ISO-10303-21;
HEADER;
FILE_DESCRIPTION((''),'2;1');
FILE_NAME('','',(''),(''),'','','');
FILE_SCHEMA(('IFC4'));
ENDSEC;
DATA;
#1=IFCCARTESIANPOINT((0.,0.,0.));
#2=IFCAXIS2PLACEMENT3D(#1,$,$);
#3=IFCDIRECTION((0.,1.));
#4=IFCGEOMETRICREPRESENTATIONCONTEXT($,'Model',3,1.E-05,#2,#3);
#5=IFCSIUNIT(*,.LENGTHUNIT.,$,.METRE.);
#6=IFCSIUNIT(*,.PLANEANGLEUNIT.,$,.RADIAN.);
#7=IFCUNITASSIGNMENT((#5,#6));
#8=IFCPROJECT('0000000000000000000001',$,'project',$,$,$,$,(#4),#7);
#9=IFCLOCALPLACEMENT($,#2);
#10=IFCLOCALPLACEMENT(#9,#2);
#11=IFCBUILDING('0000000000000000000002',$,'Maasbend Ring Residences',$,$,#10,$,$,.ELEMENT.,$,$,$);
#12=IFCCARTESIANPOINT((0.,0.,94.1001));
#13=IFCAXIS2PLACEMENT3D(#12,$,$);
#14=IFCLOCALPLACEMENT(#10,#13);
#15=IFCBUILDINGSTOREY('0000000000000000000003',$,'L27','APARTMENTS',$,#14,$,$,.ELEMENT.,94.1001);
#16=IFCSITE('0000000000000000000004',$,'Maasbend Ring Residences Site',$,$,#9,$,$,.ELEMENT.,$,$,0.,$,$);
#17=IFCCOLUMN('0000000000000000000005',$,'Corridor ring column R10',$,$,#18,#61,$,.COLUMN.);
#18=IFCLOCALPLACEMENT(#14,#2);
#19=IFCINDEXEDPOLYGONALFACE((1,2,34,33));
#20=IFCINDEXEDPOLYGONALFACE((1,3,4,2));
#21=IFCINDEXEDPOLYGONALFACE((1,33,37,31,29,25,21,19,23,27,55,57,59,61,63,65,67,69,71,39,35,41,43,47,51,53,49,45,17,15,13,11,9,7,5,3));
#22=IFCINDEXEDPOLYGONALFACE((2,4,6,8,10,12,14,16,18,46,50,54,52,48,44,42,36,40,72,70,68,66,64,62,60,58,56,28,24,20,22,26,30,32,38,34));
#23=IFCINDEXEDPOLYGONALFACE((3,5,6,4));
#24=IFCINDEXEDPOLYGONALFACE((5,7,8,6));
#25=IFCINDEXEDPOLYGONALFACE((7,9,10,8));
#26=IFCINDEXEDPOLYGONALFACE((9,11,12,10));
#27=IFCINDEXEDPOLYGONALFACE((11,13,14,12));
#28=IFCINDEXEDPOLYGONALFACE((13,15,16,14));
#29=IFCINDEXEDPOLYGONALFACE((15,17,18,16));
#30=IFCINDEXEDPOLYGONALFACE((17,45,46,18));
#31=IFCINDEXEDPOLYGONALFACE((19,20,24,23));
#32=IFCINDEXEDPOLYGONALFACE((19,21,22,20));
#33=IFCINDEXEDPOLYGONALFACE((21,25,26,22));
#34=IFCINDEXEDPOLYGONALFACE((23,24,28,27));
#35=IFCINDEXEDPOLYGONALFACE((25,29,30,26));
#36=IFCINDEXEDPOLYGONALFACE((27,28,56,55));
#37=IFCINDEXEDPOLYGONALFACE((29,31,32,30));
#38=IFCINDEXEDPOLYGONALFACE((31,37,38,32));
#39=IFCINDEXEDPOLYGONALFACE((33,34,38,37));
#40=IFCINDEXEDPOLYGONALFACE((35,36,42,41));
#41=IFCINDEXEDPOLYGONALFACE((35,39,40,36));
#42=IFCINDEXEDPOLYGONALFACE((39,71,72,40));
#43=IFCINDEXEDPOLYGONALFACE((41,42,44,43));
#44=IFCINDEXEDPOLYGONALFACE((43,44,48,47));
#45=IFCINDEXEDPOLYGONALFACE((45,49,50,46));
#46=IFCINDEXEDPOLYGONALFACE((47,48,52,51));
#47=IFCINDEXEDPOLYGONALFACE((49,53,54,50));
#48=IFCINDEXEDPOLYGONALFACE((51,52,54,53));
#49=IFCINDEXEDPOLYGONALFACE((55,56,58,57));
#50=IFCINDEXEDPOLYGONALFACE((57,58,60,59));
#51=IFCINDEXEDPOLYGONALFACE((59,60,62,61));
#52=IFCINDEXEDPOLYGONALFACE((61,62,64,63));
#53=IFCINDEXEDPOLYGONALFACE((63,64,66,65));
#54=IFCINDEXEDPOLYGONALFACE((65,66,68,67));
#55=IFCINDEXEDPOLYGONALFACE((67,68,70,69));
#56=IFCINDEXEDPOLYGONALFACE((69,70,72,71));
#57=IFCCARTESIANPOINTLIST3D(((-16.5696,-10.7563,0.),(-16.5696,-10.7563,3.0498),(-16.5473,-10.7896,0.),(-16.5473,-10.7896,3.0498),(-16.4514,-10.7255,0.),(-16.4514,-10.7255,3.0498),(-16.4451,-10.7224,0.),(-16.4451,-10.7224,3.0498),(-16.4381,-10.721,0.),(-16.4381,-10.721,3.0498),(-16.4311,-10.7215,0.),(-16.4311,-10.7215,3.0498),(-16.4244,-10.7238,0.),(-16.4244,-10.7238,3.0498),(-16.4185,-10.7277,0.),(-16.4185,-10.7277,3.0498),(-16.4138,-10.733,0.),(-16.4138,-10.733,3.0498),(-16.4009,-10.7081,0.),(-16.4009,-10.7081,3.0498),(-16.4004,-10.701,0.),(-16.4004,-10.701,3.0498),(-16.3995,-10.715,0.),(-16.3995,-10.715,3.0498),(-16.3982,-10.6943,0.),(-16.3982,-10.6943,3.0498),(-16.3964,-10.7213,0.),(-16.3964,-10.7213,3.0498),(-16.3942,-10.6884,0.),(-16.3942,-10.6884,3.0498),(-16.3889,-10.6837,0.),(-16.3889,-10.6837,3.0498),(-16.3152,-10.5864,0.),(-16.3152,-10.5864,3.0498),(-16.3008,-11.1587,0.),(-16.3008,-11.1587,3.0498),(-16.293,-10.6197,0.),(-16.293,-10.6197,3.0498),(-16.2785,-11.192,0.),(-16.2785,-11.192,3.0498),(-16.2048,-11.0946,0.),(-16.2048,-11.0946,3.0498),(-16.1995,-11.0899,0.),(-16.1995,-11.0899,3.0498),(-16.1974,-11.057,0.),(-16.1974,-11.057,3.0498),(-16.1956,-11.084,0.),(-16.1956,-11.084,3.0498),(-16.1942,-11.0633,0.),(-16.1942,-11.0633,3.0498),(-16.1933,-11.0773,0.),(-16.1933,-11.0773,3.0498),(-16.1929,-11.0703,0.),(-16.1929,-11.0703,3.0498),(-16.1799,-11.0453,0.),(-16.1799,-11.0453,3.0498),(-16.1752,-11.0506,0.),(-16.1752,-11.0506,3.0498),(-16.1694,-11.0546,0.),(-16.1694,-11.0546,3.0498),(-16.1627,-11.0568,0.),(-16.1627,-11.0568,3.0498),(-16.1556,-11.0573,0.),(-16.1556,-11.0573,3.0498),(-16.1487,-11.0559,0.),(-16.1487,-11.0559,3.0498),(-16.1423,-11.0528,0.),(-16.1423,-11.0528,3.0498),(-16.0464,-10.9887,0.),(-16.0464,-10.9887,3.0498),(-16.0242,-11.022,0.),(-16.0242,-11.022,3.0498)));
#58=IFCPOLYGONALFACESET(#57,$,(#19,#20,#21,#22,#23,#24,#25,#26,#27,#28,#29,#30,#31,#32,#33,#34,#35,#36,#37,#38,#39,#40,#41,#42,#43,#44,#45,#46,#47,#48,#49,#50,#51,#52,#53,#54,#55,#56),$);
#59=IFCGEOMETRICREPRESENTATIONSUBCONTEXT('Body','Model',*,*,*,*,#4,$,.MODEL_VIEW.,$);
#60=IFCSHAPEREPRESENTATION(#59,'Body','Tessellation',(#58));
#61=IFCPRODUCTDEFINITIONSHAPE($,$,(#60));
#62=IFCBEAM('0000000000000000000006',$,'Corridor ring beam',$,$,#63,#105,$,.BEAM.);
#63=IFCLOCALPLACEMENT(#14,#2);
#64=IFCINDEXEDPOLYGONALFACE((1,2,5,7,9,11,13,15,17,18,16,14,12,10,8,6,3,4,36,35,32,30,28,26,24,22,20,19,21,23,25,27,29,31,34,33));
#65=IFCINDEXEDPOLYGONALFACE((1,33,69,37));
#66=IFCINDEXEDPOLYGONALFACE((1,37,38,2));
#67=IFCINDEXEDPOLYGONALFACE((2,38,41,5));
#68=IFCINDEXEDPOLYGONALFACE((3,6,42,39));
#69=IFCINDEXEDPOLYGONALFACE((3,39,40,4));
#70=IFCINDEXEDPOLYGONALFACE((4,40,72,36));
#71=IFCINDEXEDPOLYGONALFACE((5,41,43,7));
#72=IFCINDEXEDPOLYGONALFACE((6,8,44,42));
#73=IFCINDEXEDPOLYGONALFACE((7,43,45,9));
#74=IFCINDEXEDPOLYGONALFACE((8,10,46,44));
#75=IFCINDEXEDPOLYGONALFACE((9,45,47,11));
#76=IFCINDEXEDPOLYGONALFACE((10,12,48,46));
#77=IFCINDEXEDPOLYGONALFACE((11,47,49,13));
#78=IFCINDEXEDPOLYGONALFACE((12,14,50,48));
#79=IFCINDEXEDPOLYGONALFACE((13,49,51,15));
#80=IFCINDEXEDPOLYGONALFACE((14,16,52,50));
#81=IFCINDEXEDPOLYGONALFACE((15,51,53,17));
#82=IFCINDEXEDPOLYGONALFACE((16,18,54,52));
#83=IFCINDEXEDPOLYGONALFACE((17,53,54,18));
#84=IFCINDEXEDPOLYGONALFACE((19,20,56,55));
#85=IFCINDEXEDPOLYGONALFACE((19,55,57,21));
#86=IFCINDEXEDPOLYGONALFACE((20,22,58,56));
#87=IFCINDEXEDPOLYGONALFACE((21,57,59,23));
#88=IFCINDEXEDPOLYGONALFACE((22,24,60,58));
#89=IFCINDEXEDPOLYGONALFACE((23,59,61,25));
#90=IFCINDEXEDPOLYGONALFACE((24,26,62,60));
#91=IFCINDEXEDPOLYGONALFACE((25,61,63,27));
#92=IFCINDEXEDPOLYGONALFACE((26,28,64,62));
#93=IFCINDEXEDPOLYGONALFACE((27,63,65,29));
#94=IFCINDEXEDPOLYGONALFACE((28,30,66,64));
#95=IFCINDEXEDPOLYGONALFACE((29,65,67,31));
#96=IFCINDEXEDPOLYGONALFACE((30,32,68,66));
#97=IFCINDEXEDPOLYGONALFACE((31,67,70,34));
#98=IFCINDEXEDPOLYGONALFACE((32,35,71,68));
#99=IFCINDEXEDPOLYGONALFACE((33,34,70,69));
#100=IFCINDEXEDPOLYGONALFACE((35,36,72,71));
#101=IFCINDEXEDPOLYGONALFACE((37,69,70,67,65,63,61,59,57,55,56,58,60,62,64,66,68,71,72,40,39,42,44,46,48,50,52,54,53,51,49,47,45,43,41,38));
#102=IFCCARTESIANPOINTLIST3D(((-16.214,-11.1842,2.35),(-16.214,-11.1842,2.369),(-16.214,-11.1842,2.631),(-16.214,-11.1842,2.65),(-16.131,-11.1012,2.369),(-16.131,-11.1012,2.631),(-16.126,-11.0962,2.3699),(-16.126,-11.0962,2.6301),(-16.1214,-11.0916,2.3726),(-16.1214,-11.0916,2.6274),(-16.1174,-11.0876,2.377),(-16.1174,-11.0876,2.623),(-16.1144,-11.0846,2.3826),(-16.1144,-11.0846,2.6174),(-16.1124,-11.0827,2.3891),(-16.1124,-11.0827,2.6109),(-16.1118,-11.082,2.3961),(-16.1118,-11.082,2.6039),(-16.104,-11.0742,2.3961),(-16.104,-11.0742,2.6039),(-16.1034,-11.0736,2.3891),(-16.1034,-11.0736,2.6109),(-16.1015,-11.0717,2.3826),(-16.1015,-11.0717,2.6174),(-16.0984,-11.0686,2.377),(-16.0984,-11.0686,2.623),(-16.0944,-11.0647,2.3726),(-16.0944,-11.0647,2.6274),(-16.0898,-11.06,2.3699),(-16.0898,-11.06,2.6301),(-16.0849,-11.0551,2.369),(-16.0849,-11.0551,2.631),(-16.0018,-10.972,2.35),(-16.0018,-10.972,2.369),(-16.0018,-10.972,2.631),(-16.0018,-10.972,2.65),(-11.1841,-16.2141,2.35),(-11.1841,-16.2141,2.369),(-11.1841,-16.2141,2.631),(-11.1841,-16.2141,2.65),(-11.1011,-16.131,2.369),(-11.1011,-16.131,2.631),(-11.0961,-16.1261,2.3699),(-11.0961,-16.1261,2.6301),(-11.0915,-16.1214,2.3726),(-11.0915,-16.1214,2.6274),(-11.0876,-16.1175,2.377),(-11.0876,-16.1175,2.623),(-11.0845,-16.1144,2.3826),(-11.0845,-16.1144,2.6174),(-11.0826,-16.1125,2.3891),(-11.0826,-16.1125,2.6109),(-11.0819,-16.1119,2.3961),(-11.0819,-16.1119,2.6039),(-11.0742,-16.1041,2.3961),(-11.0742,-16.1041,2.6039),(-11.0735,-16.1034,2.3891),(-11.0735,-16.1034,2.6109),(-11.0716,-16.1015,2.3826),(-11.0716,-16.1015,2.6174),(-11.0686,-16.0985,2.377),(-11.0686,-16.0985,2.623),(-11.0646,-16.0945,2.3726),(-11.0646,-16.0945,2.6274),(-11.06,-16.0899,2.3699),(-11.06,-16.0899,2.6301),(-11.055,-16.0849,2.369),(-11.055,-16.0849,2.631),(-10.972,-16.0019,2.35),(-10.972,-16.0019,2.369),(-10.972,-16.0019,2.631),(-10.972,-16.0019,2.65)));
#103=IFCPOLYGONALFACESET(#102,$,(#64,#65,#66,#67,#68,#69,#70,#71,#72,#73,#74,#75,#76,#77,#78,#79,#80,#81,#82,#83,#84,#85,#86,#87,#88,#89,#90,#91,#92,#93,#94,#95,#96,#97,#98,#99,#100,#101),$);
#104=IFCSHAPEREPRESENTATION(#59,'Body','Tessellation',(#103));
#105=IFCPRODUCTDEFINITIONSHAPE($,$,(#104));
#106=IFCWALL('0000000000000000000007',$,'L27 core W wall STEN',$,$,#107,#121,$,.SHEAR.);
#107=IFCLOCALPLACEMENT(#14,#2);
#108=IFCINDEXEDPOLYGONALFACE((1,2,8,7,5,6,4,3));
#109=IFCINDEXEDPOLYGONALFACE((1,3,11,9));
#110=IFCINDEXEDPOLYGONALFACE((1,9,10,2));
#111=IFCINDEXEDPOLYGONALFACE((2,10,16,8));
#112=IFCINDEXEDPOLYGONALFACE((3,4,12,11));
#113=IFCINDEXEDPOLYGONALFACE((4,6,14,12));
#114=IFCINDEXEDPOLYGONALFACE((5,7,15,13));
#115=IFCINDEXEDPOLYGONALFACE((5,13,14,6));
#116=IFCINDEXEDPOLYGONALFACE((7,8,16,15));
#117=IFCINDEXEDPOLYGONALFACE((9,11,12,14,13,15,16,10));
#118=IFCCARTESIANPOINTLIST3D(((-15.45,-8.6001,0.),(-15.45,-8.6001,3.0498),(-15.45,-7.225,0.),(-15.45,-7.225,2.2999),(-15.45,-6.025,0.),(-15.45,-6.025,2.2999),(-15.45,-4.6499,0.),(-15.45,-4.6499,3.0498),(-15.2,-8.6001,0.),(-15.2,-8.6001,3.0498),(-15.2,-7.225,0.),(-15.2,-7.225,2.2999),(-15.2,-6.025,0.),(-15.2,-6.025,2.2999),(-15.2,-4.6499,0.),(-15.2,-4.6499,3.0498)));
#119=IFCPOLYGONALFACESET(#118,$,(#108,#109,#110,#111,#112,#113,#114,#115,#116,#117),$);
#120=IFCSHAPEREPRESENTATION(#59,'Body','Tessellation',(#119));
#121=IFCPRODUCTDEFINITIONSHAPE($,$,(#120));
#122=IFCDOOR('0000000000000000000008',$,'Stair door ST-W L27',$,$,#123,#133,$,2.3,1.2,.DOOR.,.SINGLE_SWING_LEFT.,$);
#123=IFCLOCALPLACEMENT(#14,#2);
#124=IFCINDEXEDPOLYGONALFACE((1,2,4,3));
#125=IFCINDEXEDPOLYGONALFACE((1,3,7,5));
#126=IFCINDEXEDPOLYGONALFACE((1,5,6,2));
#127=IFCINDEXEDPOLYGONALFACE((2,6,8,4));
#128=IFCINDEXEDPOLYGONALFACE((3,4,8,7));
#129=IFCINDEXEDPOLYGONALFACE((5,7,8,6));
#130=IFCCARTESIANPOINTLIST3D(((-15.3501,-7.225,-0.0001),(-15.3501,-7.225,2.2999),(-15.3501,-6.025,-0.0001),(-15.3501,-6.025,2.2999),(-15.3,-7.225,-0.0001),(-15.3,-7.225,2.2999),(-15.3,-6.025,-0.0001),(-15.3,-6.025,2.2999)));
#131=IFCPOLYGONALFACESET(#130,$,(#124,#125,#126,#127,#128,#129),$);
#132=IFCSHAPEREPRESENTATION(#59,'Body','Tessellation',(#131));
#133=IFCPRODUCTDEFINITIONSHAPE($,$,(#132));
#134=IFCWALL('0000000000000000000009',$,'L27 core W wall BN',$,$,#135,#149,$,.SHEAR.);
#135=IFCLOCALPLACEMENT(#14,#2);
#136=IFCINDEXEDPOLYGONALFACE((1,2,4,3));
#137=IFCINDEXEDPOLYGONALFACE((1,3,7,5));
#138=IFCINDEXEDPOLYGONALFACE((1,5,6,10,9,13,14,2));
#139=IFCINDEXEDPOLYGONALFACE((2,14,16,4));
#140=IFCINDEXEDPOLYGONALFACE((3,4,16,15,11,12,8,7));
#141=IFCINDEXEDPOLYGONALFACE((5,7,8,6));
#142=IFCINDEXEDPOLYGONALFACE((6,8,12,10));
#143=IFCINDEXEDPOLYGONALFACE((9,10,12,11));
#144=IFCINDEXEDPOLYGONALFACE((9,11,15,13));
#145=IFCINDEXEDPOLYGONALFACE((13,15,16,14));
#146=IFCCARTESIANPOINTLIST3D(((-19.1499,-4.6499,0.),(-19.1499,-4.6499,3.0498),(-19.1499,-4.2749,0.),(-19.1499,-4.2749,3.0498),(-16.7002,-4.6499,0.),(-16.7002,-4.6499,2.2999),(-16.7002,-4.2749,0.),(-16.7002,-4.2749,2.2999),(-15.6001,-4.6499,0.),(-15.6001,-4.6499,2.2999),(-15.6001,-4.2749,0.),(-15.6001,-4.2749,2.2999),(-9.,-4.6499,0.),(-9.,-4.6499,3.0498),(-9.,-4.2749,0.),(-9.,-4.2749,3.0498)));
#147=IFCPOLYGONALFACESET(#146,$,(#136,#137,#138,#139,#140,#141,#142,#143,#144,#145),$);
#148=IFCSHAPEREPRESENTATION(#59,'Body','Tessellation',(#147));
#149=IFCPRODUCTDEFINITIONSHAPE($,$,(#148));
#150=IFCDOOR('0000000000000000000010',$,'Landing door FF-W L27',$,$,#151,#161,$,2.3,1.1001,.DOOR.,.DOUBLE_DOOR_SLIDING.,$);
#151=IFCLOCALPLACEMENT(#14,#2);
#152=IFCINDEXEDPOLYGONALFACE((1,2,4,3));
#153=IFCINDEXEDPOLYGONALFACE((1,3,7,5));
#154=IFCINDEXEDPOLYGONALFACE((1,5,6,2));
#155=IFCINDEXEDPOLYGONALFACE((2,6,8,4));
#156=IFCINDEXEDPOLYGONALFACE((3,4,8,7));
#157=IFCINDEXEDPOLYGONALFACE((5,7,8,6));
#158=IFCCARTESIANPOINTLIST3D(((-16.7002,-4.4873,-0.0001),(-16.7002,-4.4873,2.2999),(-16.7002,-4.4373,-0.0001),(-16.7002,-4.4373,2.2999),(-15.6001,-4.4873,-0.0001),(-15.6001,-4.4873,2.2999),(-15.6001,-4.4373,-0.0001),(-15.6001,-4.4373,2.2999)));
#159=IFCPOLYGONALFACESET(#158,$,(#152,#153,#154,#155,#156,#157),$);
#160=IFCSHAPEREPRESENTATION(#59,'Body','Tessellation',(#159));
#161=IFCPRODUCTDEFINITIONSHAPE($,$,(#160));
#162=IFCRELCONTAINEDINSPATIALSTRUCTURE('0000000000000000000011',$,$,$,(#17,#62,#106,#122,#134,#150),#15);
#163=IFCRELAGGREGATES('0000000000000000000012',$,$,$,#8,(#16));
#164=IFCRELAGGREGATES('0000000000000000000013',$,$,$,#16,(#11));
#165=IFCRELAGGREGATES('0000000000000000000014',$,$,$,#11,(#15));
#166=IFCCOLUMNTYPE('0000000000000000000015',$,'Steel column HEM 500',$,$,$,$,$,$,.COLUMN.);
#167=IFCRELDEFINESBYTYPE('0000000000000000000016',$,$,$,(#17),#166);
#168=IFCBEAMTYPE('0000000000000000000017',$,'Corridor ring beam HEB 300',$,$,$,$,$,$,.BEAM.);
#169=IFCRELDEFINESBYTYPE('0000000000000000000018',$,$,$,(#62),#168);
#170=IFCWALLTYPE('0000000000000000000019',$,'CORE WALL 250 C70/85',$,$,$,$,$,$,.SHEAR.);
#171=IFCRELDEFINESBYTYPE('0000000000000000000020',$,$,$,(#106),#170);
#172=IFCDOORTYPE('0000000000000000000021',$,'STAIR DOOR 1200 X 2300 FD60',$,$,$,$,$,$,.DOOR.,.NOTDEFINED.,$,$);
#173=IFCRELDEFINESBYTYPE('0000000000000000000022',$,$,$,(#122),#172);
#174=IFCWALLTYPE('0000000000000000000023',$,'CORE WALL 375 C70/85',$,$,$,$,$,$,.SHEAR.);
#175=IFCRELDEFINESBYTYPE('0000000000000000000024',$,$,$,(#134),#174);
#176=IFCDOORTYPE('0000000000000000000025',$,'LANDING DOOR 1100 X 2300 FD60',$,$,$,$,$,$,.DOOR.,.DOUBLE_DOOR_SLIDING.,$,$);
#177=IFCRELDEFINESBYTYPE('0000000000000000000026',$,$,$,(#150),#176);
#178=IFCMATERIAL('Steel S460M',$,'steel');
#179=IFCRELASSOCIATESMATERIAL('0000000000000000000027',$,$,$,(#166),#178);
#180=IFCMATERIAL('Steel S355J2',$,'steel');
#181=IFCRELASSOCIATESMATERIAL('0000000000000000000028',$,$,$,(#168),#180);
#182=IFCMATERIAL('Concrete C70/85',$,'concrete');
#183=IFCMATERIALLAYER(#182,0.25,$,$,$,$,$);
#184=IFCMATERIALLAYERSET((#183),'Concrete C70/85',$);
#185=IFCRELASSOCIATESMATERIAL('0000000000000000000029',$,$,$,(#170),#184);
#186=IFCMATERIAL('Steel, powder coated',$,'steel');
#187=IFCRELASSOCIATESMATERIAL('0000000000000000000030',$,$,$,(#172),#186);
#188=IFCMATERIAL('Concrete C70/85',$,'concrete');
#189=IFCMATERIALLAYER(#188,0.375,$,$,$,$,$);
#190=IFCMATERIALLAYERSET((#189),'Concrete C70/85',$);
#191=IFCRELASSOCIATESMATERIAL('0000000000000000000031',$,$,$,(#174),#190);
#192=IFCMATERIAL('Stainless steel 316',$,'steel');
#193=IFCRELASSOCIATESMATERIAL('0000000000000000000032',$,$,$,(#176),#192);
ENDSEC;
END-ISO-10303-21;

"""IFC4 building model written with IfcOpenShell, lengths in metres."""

from ifc_helpers import new_model, si_unit, direction, frame, frame_2d, origin, origin_2d, place, context, subcontext, project, spatial, rectangle, i_section, extrude, material, layer, layer_set, material_profile, profile_set, type_object, element, fill, save


model = new_model("IFC4")

# Units and contexts
model_context = context("Model", 3, precision=1e-05, world=origin(), true_north=direction((0.0, 1.0)))
body_context = subcontext(model_context, "Body", "Model", "MODEL_VIEW")
ifc_project = project(units=[si_unit("LENGTHUNIT", "METRE"), si_unit("PLANEANGLEUNIT", "RADIAN")], contexts=[model_context])

# Site, building, storey
site_placement = place(None, origin())
site = spatial("IfcSite", under=ifc_project, at=site_placement, Name="Maasbend Ring Residences Site", CompositionType="ELEMENT", RefElevation=0.0)
building_placement = place(site_placement, origin())
building = spatial("IfcBuilding", under=site, at=building_placement, Name="Maasbend Ring Residences", CompositionType="ELEMENT")
storey_placement = place(building_placement, frame((0.0, 0.0, 94.1001)))
storey = spatial("IfcBuildingStorey", under=building, at=storey_placement, Name="L27", Description="APARTMENTS", CompositionType="ELEMENT", Elevation=94.1001)

# Column
ifc_material_1 = material(Name="Steel S460M", Category="steel")
ifc_material_profile_1 = material_profile(ifc_material_1, i_section(OverallWidth=0.3059, OverallDepth=0.5239, WebThickness=0.021, FlangeThickness=0.04, FilletRadius=0.0271, at=origin_2d()), Name="HEM 500")
ifc_profile_set_1 = profile_set([ifc_material_profile_1], Name="Steel S460M")
column_type = type_object("IfcColumnType", Name="Steel column HEM 500", PredefinedType="COLUMN", material=ifc_profile_set_1)
column_placement = place(storey_placement, frame((-16.2969, -10.8892, 0.0), z_axis=(0.0, 0.0, 1.0), x_axis=(-0.83147, -0.55557, 0.0)))
element("IfcColumn", 1, at=column_placement, inside=storey, type_object=column_type, Name="Corridor ring column R10", PredefinedType="COLUMN", context=body_context, shape_type="SweptSolid", body=[
    extrude(i_section(OverallWidth=0.3059, OverallDepth=0.5239, WebThickness=0.021, FlangeThickness=0.04, FilletRadius=0.0271, at=origin_2d()), origin(), (0.0, 0.0, 1.0), 3.0498),
])

# Beam
ifc_material_2 = material(Name="Steel S355J2", Category="steel")
ifc_material_profile_2 = material_profile(ifc_material_2, i_section(OverallWidth=0.3, OverallDepth=0.3, WebThickness=0.011, FlangeThickness=0.019, FilletRadius=0.0271, at=origin_2d()), Name="HEB 300")
ifc_profile_set_2 = profile_set([ifc_material_profile_2], Name="Steel S355J2")
beam_type = type_object("IfcBeamType", Name="Corridor ring beam HEB 300", PredefinedType="BEAM", material=ifc_profile_set_2)
beam_placement = place(storey_placement, frame((-16.1079, -11.0781, 2.5), z_axis=(0.707107, -0.707107, 0.0), x_axis=(0.707107, 0.707107, 0.0)))
element("IfcBeam", 2, at=beam_placement, inside=storey, type_object=beam_type, Name="Corridor ring beam", PredefinedType="BEAM", context=body_context, shape_type="SweptSolid", body=[
    extrude(i_section(OverallWidth=0.3, OverallDepth=0.3, WebThickness=0.011, FlangeThickness=0.019, FilletRadius=0.0271, at=origin_2d()), origin(), (0.0, 0.0, 1.0), 7.1133),
])

# Walls, openings, doors
ifc_material_3 = material(Name="Concrete C70/85", Category="concrete")
ifc_layer_1 = layer(ifc_material_3, 0.25)
ifc_layer_set_1 = layer_set([ifc_layer_1], Name="Concrete C70/85")
wall_type_1 = type_object("IfcWallType", Name="CORE WALL 250 C70/85", PredefinedType="SHEAR", material=ifc_layer_set_1)
wall_1_placement = place(storey_placement, frame((-15.325, -4.6499, 0.0), z_axis=(0.0, 0.0, 1.0), x_axis=(0.0, -1.0, 0.0)))
wall_1 = element("IfcWall", 3, at=wall_1_placement, inside=storey, type_object=wall_type_1, Name="L27 core W wall STEN", PredefinedType="SHEAR", context=body_context, shape_type="SweptSolid", body=[
    extrude(rectangle(XDim=3.9502, YDim=0.25, at=frame_2d((1.9751, 0.0))), origin(), (0.0, 0.0, 1.0), 3.0498),
])
opening_1_placement = place(wall_1_placement, frame((1.375, 0.0, 0.0)))
opening_1 = element("IfcOpeningElement", 4, at=opening_1_placement, cuts=wall_1, PredefinedType="OPENING", context=body_context, shape_type="SweptSolid", body=[
    extrude(rectangle(XDim=1.2, YDim=2.3, at=frame_2d((0.6001, 1.1499))), frame((0.0, 0.135, 0.0), z_axis=(0.0, -1.0, 0.0), x_axis=(1.0, 0.0, 0.0)), (0.0, 0.0, 1.0), 0.27),
])
ifc_material_4 = material(Name="Steel, powder coated", Category="steel")
door_type_1 = type_object("IfcDoorType", Name="STAIR DOOR 1200 X 2300 FD60", OperationType="NOTDEFINED", PredefinedType="DOOR", material=ifc_material_4)
door_1_placement = place(opening_1_placement, origin())
door_1 = element("IfcDoor", 5, at=door_1_placement, inside=storey, type_object=door_type_1, Name="Stair door ST-W L27", OperationType="SINGLE_SWING_LEFT", OverallHeight=2.3, OverallWidth=1.2, PredefinedType="DOOR", context=body_context, shape_type="SweptSolid", body=[
    extrude(rectangle(XDim=1.2, YDim=2.3, at=frame_2d((0.6001, 1.1499))), frame((0.0, 0.0249, 0.0), z_axis=(0.0, -1.0, 0.0), x_axis=(1.0, 0.0, 0.0)), (0.0, 0.0, 1.0), 0.05),
])
fill(opening_1, door_1)
ifc_material_5 = material(Name="Concrete C70/85", Category="concrete")
ifc_layer_2 = layer(ifc_material_5, 0.375)
ifc_layer_set_2 = layer_set([ifc_layer_2], Name="Concrete C70/85")
wall_type_2 = type_object("IfcWallType", Name="CORE WALL 375 C70/85", PredefinedType="SHEAR", material=ifc_layer_set_2)
wall_2_placement = place(storey_placement, frame((-9.0, -4.4624, 0.0), z_axis=(0.0, 0.0, 1.0), x_axis=(-1.0, 0.0, 0.0)))
wall_2 = element("IfcWall", 6, at=wall_2_placement, inside=storey, type_object=wall_type_2, Name="L27 core W wall BN", PredefinedType="SHEAR", context=body_context, shape_type="SweptSolid", body=[
    extrude(rectangle(XDim=10.1499, YDim=0.375, at=frame_2d((5.075, 0.0))), origin(), (0.0, 0.0, 1.0), 3.0498),
])
opening_2_placement = place(wall_2_placement, frame((6.6001, 0.0, 0.0)))
opening_2 = element("IfcOpeningElement", 7, at=opening_2_placement, cuts=wall_2, PredefinedType="OPENING", context=body_context, shape_type="SweptSolid", body=[
    extrude(rectangle(XDim=1.1001, YDim=2.3, at=frame_2d((0.55, 1.1499))), frame((0.0, 0.1975, 0.0), z_axis=(0.0, -1.0, 0.0), x_axis=(1.0, 0.0, 0.0)), (0.0, 0.0, 1.0), 0.395),
])
ifc_material_6 = material(Name="Stainless steel 316", Category="steel")
door_type_2 = type_object("IfcDoorType", Name="LANDING DOOR 1100 X 2300 FD60", OperationType="DOUBLE_DOOR_SLIDING", PredefinedType="DOOR", material=ifc_material_6)
door_2_placement = place(opening_2_placement, origin())
door_2 = element("IfcDoor", 8, at=door_2_placement, inside=storey, type_object=door_type_2, Name="Landing door FF-W L27", OperationType="DOUBLE_DOOR_SLIDING", OverallHeight=2.3, OverallWidth=1.1001, PredefinedType="DOOR", context=body_context, shape_type="SweptSolid", body=[
    extrude(rectangle(XDim=1.1001, YDim=2.3, at=frame_2d((0.55, 1.1499))), frame((0.0, 0.0249, 0.0), z_axis=(0.0, -1.0, 0.0), x_axis=(1.0, 0.0, 0.0)), (0.0, 0.0, 1.0), 0.05),
])
fill(opening_2, door_2)

save(model, "model.ifc")
